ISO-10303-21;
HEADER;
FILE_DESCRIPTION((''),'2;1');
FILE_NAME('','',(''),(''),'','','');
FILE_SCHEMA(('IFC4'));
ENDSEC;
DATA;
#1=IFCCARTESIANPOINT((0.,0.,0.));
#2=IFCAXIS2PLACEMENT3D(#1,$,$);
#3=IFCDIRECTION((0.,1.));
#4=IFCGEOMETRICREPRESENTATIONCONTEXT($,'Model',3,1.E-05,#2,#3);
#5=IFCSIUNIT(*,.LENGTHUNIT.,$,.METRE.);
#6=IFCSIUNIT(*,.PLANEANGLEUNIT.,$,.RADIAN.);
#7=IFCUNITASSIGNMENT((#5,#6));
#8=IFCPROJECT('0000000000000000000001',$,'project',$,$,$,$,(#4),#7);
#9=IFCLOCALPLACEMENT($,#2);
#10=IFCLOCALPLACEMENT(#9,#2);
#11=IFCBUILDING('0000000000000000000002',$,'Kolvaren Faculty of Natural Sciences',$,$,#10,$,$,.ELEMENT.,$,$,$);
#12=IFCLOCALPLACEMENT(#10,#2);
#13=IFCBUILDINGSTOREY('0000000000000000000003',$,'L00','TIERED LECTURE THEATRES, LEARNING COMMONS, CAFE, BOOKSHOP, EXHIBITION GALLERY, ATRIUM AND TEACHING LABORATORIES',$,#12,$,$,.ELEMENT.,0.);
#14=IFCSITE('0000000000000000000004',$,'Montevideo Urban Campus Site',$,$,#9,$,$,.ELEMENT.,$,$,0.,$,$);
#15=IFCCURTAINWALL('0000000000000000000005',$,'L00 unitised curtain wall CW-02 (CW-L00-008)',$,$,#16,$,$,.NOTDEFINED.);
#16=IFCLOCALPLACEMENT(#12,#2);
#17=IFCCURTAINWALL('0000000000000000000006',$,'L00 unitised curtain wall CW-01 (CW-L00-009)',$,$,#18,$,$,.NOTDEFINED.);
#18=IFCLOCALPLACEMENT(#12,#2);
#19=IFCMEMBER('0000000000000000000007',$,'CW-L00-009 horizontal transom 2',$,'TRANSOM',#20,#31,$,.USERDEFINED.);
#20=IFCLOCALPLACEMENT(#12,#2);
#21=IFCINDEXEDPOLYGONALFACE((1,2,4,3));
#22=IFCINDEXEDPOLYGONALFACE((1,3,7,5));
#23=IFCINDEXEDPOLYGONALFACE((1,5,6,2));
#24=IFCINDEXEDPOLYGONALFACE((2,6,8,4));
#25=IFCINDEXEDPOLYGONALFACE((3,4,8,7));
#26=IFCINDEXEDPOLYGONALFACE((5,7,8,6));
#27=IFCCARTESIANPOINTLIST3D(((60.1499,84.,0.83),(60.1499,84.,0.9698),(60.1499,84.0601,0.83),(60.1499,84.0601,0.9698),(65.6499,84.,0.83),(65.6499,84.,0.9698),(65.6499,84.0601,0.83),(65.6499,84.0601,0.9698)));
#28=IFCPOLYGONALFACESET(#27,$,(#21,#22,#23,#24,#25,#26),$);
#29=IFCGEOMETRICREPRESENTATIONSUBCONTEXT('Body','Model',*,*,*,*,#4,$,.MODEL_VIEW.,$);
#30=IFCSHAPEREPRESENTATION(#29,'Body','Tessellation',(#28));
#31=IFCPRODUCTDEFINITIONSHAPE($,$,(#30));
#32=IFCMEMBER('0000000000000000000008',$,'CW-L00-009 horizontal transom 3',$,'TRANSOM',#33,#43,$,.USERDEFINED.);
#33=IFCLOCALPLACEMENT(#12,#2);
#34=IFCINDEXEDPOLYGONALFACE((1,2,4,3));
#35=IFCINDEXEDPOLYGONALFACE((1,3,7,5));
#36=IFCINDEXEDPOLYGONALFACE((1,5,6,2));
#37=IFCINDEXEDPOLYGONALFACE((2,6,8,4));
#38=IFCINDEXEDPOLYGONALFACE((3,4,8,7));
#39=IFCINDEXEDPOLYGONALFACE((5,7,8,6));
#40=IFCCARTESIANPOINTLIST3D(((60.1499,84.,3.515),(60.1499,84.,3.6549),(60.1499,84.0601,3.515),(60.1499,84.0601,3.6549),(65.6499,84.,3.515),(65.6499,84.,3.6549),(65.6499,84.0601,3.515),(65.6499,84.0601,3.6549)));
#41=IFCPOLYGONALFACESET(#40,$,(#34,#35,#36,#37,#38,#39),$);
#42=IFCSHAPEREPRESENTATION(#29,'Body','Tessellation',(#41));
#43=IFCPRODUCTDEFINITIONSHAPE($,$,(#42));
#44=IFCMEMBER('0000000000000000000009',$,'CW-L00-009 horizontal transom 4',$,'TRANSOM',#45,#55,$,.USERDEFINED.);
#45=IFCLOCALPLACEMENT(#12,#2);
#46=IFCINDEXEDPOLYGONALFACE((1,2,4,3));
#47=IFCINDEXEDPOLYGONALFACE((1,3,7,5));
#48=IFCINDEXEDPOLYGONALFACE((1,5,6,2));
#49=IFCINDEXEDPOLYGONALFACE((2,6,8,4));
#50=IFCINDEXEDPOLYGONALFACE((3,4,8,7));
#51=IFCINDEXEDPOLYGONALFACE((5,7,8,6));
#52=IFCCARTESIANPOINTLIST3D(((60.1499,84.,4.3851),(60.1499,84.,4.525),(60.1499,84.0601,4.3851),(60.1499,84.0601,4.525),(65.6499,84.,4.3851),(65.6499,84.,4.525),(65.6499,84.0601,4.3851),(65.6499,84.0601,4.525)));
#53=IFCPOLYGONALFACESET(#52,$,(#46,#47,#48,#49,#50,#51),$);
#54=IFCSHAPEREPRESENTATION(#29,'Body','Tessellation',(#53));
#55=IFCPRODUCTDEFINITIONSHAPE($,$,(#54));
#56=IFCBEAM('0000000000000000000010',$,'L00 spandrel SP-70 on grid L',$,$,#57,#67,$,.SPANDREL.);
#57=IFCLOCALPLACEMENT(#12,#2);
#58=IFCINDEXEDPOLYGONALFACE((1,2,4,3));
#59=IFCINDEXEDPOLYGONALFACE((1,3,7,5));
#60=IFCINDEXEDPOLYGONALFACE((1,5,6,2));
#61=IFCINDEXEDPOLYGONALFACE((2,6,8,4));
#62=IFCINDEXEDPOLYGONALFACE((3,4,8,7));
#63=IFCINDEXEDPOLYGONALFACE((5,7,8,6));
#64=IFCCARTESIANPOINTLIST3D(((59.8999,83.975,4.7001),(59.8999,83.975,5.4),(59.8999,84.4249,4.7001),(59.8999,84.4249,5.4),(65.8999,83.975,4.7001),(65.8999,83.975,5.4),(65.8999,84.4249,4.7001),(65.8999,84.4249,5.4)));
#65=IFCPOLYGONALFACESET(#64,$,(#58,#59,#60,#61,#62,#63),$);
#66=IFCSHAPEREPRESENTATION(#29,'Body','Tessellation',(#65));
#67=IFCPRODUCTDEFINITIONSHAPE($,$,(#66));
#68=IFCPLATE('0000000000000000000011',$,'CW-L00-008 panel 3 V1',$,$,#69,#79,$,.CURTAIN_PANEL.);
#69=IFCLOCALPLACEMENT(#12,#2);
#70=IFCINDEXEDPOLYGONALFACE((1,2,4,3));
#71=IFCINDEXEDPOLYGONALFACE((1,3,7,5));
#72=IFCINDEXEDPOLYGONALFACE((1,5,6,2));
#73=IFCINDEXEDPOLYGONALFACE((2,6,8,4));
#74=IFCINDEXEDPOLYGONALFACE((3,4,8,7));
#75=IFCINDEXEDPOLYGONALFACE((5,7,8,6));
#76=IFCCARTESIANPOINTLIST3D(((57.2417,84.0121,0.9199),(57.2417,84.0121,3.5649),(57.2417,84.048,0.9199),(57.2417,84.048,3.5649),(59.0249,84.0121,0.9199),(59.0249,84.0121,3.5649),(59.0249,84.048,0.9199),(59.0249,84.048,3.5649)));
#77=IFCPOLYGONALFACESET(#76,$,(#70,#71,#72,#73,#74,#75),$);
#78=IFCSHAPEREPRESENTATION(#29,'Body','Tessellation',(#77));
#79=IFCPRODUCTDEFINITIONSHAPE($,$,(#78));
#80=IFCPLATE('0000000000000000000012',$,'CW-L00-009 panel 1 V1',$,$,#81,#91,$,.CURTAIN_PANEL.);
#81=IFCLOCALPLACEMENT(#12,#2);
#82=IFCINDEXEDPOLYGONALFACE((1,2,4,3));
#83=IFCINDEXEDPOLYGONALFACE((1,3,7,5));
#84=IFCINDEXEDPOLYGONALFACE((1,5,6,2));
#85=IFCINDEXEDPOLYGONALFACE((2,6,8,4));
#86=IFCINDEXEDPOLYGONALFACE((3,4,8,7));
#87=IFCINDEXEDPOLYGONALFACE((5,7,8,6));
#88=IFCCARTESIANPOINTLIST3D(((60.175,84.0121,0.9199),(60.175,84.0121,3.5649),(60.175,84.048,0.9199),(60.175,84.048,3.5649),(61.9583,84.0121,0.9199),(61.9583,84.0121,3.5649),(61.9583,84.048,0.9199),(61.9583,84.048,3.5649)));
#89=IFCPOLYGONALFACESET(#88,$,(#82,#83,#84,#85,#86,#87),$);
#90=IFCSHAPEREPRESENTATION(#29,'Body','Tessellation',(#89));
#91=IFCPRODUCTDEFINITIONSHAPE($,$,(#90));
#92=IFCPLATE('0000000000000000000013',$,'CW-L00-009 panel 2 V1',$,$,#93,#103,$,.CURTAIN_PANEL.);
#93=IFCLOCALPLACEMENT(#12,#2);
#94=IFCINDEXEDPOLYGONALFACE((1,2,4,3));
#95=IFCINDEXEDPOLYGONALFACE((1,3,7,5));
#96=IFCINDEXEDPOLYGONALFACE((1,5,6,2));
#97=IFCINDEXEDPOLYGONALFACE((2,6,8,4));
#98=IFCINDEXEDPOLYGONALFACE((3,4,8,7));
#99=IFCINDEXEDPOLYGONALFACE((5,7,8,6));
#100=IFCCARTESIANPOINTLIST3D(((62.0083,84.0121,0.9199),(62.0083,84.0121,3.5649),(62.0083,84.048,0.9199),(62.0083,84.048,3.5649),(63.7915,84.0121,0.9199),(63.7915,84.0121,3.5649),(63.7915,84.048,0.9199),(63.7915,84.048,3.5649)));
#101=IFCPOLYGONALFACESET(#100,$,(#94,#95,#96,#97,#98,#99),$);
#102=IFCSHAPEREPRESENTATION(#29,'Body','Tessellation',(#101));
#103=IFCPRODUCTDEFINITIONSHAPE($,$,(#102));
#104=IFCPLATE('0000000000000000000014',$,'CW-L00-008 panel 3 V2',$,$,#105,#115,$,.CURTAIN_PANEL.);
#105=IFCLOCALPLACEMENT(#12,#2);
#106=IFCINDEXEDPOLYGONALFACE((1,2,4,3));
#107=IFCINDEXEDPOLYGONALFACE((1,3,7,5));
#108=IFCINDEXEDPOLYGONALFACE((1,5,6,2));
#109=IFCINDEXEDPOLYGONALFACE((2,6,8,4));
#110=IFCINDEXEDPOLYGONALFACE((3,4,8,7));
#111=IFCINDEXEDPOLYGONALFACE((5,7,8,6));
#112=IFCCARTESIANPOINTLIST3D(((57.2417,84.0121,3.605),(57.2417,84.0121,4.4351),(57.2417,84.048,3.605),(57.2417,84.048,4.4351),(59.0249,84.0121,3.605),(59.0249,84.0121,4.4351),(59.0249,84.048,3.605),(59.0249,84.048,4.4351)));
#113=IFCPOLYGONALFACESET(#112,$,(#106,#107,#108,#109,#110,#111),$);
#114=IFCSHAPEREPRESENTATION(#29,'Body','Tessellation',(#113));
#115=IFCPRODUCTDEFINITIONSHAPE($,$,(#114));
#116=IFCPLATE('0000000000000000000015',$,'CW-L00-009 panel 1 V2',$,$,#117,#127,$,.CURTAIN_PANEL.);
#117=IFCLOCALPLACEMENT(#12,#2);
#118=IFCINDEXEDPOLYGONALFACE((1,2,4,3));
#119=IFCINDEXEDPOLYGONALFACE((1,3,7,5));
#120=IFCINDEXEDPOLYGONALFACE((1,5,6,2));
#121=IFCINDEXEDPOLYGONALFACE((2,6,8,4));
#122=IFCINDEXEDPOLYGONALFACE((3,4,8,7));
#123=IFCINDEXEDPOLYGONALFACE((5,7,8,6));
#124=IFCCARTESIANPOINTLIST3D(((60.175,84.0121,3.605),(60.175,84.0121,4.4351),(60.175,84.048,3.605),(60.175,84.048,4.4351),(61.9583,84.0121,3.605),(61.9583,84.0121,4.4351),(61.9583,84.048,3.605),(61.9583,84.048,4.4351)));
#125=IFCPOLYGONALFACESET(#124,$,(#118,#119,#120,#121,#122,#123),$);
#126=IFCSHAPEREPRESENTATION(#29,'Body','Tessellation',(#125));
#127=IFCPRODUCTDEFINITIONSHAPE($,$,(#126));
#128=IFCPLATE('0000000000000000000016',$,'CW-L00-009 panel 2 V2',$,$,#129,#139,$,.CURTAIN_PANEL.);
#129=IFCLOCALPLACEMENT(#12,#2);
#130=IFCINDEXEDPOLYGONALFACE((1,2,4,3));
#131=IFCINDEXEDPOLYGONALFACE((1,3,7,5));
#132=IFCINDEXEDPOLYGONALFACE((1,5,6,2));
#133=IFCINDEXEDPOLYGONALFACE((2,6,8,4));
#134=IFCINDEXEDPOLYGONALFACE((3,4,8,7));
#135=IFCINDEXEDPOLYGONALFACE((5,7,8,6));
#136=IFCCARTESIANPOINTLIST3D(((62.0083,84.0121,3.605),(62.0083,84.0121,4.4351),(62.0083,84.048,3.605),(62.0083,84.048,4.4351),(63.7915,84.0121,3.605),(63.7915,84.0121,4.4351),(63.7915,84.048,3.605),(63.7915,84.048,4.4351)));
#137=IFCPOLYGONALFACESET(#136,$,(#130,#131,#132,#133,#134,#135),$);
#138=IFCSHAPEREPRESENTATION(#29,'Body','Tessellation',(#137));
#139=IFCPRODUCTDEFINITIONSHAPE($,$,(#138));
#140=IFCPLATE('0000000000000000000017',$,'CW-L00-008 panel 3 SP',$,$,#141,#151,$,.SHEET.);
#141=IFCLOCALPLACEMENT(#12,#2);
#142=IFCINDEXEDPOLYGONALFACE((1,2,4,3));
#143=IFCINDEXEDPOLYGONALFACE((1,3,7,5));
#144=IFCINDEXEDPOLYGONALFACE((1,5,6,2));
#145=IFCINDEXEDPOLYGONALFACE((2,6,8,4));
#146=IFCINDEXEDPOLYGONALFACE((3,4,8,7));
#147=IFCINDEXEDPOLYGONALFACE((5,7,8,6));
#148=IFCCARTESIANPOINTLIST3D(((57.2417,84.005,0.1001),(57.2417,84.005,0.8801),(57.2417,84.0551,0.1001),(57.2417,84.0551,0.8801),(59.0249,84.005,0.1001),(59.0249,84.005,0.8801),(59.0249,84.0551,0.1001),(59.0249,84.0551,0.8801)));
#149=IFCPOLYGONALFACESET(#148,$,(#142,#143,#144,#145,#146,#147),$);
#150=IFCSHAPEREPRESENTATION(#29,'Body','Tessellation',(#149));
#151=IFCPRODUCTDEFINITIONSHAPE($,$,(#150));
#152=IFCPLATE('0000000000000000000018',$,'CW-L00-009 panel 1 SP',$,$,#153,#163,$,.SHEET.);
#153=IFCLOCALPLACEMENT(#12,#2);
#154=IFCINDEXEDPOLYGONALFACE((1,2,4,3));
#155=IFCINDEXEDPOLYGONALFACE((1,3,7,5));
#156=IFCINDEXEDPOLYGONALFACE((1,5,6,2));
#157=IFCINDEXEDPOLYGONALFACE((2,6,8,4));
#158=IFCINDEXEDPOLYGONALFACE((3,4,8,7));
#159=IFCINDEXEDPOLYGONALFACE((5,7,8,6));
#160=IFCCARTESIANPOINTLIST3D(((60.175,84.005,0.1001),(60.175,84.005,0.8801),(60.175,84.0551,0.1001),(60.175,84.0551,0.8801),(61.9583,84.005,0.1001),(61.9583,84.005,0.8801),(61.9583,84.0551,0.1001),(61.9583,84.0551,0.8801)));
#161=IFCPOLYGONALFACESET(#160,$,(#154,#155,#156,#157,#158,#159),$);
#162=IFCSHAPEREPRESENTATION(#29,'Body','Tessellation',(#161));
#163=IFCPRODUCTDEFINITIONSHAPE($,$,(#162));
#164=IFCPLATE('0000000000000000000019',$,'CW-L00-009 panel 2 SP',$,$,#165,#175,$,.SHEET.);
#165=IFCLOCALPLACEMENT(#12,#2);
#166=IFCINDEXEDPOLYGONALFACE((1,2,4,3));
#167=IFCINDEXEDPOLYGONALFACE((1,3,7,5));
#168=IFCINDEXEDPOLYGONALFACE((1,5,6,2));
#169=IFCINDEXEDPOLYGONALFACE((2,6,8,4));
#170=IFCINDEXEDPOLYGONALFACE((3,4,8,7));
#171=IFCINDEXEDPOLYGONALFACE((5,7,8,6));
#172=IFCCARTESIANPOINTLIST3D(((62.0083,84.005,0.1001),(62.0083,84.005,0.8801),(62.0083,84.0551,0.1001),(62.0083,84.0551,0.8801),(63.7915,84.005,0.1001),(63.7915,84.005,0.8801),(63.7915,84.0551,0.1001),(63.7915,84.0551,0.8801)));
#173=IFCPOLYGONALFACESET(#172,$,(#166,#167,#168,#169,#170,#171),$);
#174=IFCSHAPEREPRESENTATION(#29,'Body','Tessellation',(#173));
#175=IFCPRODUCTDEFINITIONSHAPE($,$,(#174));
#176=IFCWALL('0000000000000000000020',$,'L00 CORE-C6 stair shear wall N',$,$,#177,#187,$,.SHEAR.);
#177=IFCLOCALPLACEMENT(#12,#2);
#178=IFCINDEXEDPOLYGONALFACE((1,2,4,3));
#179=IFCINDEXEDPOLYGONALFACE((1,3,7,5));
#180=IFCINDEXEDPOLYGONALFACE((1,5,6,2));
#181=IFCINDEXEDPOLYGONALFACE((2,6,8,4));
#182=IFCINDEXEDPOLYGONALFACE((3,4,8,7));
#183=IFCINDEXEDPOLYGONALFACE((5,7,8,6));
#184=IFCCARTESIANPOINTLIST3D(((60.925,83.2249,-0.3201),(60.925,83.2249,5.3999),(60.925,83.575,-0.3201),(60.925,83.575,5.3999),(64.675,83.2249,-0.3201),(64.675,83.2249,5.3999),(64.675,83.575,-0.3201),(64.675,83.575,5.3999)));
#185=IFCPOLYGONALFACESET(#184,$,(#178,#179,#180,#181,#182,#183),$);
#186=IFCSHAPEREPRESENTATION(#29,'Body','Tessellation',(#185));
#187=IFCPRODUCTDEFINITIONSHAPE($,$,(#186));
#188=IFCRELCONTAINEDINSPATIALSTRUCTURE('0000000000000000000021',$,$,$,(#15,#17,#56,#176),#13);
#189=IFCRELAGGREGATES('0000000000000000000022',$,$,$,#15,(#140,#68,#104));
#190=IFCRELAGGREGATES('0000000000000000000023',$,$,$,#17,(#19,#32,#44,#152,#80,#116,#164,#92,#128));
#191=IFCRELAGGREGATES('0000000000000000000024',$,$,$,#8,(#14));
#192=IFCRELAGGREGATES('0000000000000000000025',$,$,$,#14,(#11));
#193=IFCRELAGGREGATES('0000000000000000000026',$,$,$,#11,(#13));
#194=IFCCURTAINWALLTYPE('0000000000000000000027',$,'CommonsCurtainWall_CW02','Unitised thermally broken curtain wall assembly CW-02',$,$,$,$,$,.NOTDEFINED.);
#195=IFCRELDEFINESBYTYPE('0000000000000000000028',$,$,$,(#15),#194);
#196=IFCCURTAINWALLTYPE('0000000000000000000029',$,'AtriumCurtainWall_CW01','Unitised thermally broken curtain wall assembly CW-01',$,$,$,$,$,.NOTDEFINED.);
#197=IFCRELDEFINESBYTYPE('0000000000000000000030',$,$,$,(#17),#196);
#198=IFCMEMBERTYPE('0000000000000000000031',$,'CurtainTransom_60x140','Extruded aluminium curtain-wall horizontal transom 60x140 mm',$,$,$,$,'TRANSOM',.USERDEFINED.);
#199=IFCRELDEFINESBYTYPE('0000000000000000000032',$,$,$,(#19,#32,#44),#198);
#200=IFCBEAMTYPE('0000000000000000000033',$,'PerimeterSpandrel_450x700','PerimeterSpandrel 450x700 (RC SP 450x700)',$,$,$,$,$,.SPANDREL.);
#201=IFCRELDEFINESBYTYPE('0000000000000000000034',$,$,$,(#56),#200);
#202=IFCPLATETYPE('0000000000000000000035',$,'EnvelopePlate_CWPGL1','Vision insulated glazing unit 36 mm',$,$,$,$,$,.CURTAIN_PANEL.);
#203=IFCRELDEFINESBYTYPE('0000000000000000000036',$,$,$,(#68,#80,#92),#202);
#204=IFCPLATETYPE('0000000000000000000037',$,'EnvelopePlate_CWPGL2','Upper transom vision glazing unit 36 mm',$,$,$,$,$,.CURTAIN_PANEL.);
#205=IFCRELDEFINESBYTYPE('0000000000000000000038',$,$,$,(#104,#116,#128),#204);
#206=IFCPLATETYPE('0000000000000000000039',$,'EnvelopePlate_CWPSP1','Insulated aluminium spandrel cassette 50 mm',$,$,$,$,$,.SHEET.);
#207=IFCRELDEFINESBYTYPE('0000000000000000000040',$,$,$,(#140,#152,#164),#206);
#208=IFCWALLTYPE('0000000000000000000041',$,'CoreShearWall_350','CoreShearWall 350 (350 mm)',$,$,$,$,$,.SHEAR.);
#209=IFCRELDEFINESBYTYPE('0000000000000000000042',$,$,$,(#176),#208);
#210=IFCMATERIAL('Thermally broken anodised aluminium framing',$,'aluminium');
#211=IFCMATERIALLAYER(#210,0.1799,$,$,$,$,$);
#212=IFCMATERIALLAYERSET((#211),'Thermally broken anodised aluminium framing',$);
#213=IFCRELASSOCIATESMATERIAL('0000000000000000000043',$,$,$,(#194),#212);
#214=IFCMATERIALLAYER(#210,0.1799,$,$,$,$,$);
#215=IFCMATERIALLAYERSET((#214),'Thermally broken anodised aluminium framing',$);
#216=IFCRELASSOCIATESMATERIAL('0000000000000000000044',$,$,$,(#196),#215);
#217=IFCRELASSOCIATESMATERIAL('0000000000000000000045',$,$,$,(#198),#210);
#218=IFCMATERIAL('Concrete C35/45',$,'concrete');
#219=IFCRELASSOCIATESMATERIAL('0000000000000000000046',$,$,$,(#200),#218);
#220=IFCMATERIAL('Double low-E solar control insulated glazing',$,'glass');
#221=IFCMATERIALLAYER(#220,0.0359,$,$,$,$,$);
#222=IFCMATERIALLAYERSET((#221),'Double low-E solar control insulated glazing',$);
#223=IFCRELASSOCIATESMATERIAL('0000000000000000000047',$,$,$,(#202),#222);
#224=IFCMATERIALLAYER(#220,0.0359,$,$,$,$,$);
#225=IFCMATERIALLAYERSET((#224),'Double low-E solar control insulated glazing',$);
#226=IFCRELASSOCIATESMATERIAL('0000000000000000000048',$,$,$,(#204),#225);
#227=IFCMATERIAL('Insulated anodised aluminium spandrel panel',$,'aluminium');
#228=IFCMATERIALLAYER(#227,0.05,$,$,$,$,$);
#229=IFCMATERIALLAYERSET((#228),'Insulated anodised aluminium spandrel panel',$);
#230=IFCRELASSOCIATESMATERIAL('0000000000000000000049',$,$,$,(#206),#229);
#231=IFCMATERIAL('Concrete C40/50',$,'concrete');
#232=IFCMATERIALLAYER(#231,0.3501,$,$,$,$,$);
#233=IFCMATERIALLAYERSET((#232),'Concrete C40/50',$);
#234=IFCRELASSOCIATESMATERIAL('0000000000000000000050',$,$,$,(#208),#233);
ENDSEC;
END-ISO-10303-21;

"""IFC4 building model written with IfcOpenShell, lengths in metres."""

from ifc_helpers import new_model, si_unit, direction, frame, frame_2d, origin, origin_2d, place, context, subcontext, project, spatial, rectangle, extrude, material, layer, layer_set, material_profile, profile_set, type_object, element, aggregate, save


model = new_model("IFC4")

# Units and contexts
model_context = context("Model", 3, precision=1e-05, world=origin(), true_north=direction((0.0, 1.0)))
body_context = subcontext(model_context, "Body", "Model", "MODEL_VIEW")
ifc_project = project(units=[si_unit("LENGTHUNIT", "METRE"), si_unit("PLANEANGLEUNIT", "RADIAN")], contexts=[model_context])

# Site, building, storey
site_placement = place(None, origin())
site = spatial("IfcSite", under=ifc_project, at=site_placement, Name="Montevideo Urban Campus Site", CompositionType="ELEMENT", RefElevation=0.0)
building_placement = place(site_placement, origin())
building = spatial("IfcBuilding", under=site, at=building_placement, Name="Kolvaren Faculty of Natural Sciences", CompositionType="ELEMENT")
storey_placement = place(building_placement, origin())
storey = spatial("IfcBuildingStorey", under=building, at=storey_placement, Name="L00", Description="TIERED LECTURE THEATRES, LEARNING COMMONS, CAFE, BOOKSHOP, EXHIBITION GALLERY, ATRIUM AND TEACHING LABORATORIES", CompositionType="ELEMENT", Elevation=0.0)

# Shared definitions
ifc_material_1 = material(Name="Concrete C35/45", Category="concrete")

# Curtain wall
ifc_material_2 = material(Name="Thermally broken anodised aluminium framing", Category="aluminium")
ifc_layer_1 = layer(ifc_material_2, 0.1799)
ifc_layer_set_1 = layer_set([ifc_layer_1], Name="Thermally broken anodised aluminium framing")
curtain_wall_type_1 = type_object("IfcCurtainWallType", Name="CommonsCurtainWall_CW02", Description="Unitised thermally broken curtain wall assembly CW-02", PredefinedType="NOTDEFINED", material=ifc_layer_set_1)
curtain_wall_1_placement = place(storey_placement, origin())
curtain_wall_1 = element("IfcCurtainWall", 1, at=curtain_wall_1_placement, inside=storey, type_object=curtain_wall_type_1, Name="L00 unitised curtain wall CW-02 (CW-L00-008)", PredefinedType="NOTDEFINED")

# Curtain wall, members
ifc_layer_2 = layer(ifc_material_2, 0.1799)
ifc_layer_set_2 = layer_set([ifc_layer_2], Name="Thermally broken anodised aluminium framing")
curtain_wall_type_2 = type_object("IfcCurtainWallType", Name="AtriumCurtainWall_CW01", Description="Unitised thermally broken curtain wall assembly CW-01", PredefinedType="NOTDEFINED", material=ifc_layer_set_2)
curtain_wall_2_placement = place(storey_placement, origin())
curtain_wall_2 = element("IfcCurtainWall", 2, at=curtain_wall_2_placement, inside=storey, type_object=curtain_wall_type_2, Name="L00 unitised curtain wall CW-01 (CW-L00-009)", PredefinedType="NOTDEFINED")
ifc_material_profile_1 = material_profile(ifc_material_2, rectangle(XDim=0.0601, YDim=0.1399, at=origin_2d()), Name="ALU TRN 60x140")
ifc_profile_set_1 = profile_set([ifc_material_profile_1], Name="Thermally broken anodised aluminium framing")
member_type_1 = type_object("IfcMemberType", Name="CurtainTransom_60x140", Description="Extruded aluminium curtain-wall horizontal transom 60x140 mm", ElementType="TRANSOM", PredefinedType="USERDEFINED", material=ifc_profile_set_1)
member_1_placement = place(storey_placement, frame((60.1499, 84.03, 0.8999), z_axis=(1.0, 0.0, 0.0), x_axis=(0.0, 1.0, 0.0)))
member_1 = element("IfcMember", 3, at=member_1_placement, type_object=member_type_1, Name="CW-L00-009 horizontal transom 2", ObjectType="TRANSOM", PredefinedType="USERDEFINED", context=body_context, shape_type="SweptSolid", body=[
    extrude(rectangle(XDim=0.0601, YDim=0.1399, at=origin_2d()), origin(), (0.0, 0.0, 1.0), 5.5),
])
member_2_placement = place(storey_placement, frame((60.1499, 84.03, 3.585), z_axis=(1.0, 0.0, 0.0), x_axis=(0.0, 1.0, 0.0)))
member_2 = element("IfcMember", 4, at=member_2_placement, type_object=member_type_1, Name="CW-L00-009 horizontal transom 3", ObjectType="TRANSOM", PredefinedType="USERDEFINED", context=body_context, shape_type="SweptSolid", body=[
    extrude(rectangle(XDim=0.0601, YDim=0.1399, at=origin_2d()), origin(), (0.0, 0.0, 1.0), 5.5),
])
member_3_placement = place(storey_placement, frame((60.1499, 84.03, 4.4551), z_axis=(1.0, 0.0, 0.0), x_axis=(0.0, 1.0, 0.0)))
member_3 = element("IfcMember", 5, at=member_3_placement, type_object=member_type_1, Name="CW-L00-009 horizontal transom 4", ObjectType="TRANSOM", PredefinedType="USERDEFINED", context=body_context, shape_type="SweptSolid", body=[
    extrude(rectangle(XDim=0.0601, YDim=0.1399, at=origin_2d()), origin(), (0.0, 0.0, 1.0), 5.5),
])

# Beam
ifc_material_profile_2 = material_profile(ifc_material_1, rectangle(XDim=0.45, YDim=0.7, at=origin_2d()), Name="RC SP 450x700")
ifc_profile_set_2 = profile_set([ifc_material_profile_2], Name="Concrete C35/45")
beam_type = type_object("IfcBeamType", Name="PerimeterSpandrel_450x700", Description="PerimeterSpandrel 450x700 (RC SP 450x700)", PredefinedType="SPANDREL", material=ifc_profile_set_2)
beam_placement = place(storey_placement, frame((59.8999, 84.2, 5.05), z_axis=(1.0, 0.0, 0.0), x_axis=(0.0, 1.0, 0.0)))
element("IfcBeam", 6, at=beam_placement, inside=storey, type_object=beam_type, Name="L00 spandrel SP-70 on grid L", PredefinedType="SPANDREL", context=body_context, shape_type="SweptSolid", body=[
    extrude(rectangle(XDim=0.45, YDim=0.7, at=origin_2d()), origin(), (0.0, 0.0, 1.0), 6.0),
])

# Plates
ifc_material_3 = material(Name="Double low-E solar control insulated glazing", Category="glass")
ifc_layer_3 = layer(ifc_material_3, 0.0359)
ifc_layer_set_3 = layer_set([ifc_layer_3], Name="Double low-E solar control insulated glazing")
plate_type_1 = type_object("IfcPlateType", Name="EnvelopePlate_CWPGL1", Description="Vision insulated glazing unit 36 mm", PredefinedType="CURTAIN_PANEL", material=ifc_layer_set_3)
plate_1_placement = place(storey_placement, frame((58.1333, 84.03, 0.9199), z_axis=(0.0, 0.0, 1.0), x_axis=(1.0, 0.0, 0.0)))
plate_1 = element("IfcPlate", 7, at=plate_1_placement, type_object=plate_type_1, Name="CW-L00-008 panel 3 V1", PredefinedType="CURTAIN_PANEL", context=body_context, shape_type="SweptSolid", body=[
    extrude(rectangle(XDim=1.7832, YDim=0.0359, at=origin_2d()), origin(), (0.0, 0.0, 1.0), 2.645),
])
plate_2_placement = place(storey_placement, frame((61.0667, 84.03, 0.9199), z_axis=(0.0, 0.0, 1.0), x_axis=(1.0, 0.0, 0.0)))
plate_2 = element("IfcPlate", 8, at=plate_2_placement, type_object=plate_type_1, Name="CW-L00-009 panel 1 V1", PredefinedType="CURTAIN_PANEL", context=body_context, shape_type="SweptSolid", body=[
    extrude(rectangle(XDim=1.7832, YDim=0.0359, at=origin_2d()), origin(), (0.0, 0.0, 1.0), 2.645),
])
plate_3_placement = place(storey_placement, frame((62.8999, 84.03, 0.9199), z_axis=(0.0, 0.0, 1.0), x_axis=(1.0, 0.0, 0.0)))
plate_3 = element("IfcPlate", 9, at=plate_3_placement, type_object=plate_type_1, Name="CW-L00-009 panel 2 V1", PredefinedType="CURTAIN_PANEL", context=body_context, shape_type="SweptSolid", body=[
    extrude(rectangle(XDim=1.7832, YDim=0.0359, at=origin_2d()), origin(), (0.0, 0.0, 1.0), 2.645),
])
ifc_layer_4 = layer(ifc_material_3, 0.0359)
ifc_layer_set_4 = layer_set([ifc_layer_4], Name="Double low-E solar control insulated glazing")
plate_type_2 = type_object("IfcPlateType", Name="EnvelopePlate_CWPGL2", Description="Upper transom vision glazing unit 36 mm", PredefinedType="CURTAIN_PANEL", material=ifc_layer_set_4)
plate_4_placement = place(storey_placement, frame((58.1333, 84.03, 3.605), z_axis=(0.0, 0.0, 1.0), x_axis=(1.0, 0.0, 0.0)))
plate_4 = element("IfcPlate", 10, at=plate_4_placement, type_object=plate_type_2, Name="CW-L00-008 panel 3 V2", PredefinedType="CURTAIN_PANEL", context=body_context, shape_type="SweptSolid", body=[
    extrude(rectangle(XDim=1.7832, YDim=0.0359, at=origin_2d()), origin(), (0.0, 0.0, 1.0), 0.8301),
])
plate_5_placement = place(storey_placement, frame((61.0667, 84.03, 3.605), z_axis=(0.0, 0.0, 1.0), x_axis=(1.0, 0.0, 0.0)))
plate_5 = element("IfcPlate", 11, at=plate_5_placement, type_object=plate_type_2, Name="CW-L00-009 panel 1 V2", PredefinedType="CURTAIN_PANEL", context=body_context, shape_type="SweptSolid", body=[
    extrude(rectangle(XDim=1.7832, YDim=0.0359, at=origin_2d()), origin(), (0.0, 0.0, 1.0), 0.8301),
])
plate_6_placement = place(storey_placement, frame((62.8999, 84.03, 3.605), z_axis=(0.0, 0.0, 1.0), x_axis=(1.0, 0.0, 0.0)))
plate_6 = element("IfcPlate", 12, at=plate_6_placement, type_object=plate_type_2, Name="CW-L00-009 panel 2 V2", PredefinedType="CURTAIN_PANEL", context=body_context, shape_type="SweptSolid", body=[
    extrude(rectangle(XDim=1.7832, YDim=0.0359, at=origin_2d()), origin(), (0.0, 0.0, 1.0), 0.8301),
])
ifc_material_4 = material(Name="Insulated anodised aluminium spandrel panel", Category="aluminium")
ifc_layer_5 = layer(ifc_material_4, 0.05)
ifc_layer_set_5 = layer_set([ifc_layer_5], Name="Insulated anodised aluminium spandrel panel")
plate_type_3 = type_object("IfcPlateType", Name="EnvelopePlate_CWPSP1", Description="Insulated aluminium spandrel cassette 50 mm", PredefinedType="SHEET", material=ifc_layer_set_5)
plate_7_placement = place(storey_placement, frame((58.1333, 84.03, 0.1001), z_axis=(0.0, 0.0, 1.0), x_axis=(1.0, 0.0, 0.0)))
plate_7 = element("IfcPlate", 13, at=plate_7_placement, type_object=plate_type_3, Name="CW-L00-008 panel 3 SP", PredefinedType="SHEET", context=body_context, shape_type="SweptSolid", body=[
    extrude(rectangle(XDim=1.7832, YDim=0.05, at=origin_2d()), origin(), (0.0, 0.0, 1.0), 0.78),
])
aggregate(curtain_wall_1, [plate_7, plate_1, plate_4])
plate_8_placement = place(storey_placement, frame((61.0667, 84.03, 0.1001), z_axis=(0.0, 0.0, 1.0), x_axis=(1.0, 0.0, 0.0)))
plate_8 = element("IfcPlate", 14, at=plate_8_placement, type_object=plate_type_3, Name="CW-L00-009 panel 1 SP", PredefinedType="SHEET", context=body_context, shape_type="SweptSolid", body=[
    extrude(rectangle(XDim=1.7832, YDim=0.05, at=origin_2d()), origin(), (0.0, 0.0, 1.0), 0.78),
])
plate_9_placement = place(storey_placement, frame((62.8999, 84.03, 0.1001), z_axis=(0.0, 0.0, 1.0), x_axis=(1.0, 0.0, 0.0)))
plate_9 = element("IfcPlate", 15, at=plate_9_placement, type_object=plate_type_3, Name="CW-L00-009 panel 2 SP", PredefinedType="SHEET", context=body_context, shape_type="SweptSolid", body=[
    extrude(rectangle(XDim=1.7832, YDim=0.05, at=origin_2d()), origin(), (0.0, 0.0, 1.0), 0.78),
])
aggregate(curtain_wall_2, [member_1, member_2, member_3, plate_8, plate_2, plate_5, plate_9, plate_3, plate_6])

# Wall
ifc_material_5 = material(Name="Concrete C40/50", Category="concrete")
ifc_layer_6 = layer(ifc_material_5, 0.3501)
ifc_layer_set_6 = layer_set([ifc_layer_6], Name="Concrete C40/50")
wall_type_1 = type_object("IfcWallType", Name="CoreShearWall_350", Description="CoreShearWall 350 (350 mm)", PredefinedType="SHEAR", material=ifc_layer_set_6)
wall_placement = place(storey_placement, frame((60.925, 83.3999, -0.3201), z_axis=(0.0, 0.0, 1.0), x_axis=(1.0, 0.0, 0.0)))
element("IfcWall", 16, at=wall_placement, inside=storey, type_object=wall_type_1, Name="L00 CORE-C6 stair shear wall N", PredefinedType="SHEAR", context=body_context, shape_type="SweptSolid", body=[
    extrude(rectangle(XDim=3.75, YDim=0.3501, at=frame_2d((1.875, 0.0))), origin(), (0.0, 0.0, 1.0), 5.72),
])

save(model, "model.ifc")
